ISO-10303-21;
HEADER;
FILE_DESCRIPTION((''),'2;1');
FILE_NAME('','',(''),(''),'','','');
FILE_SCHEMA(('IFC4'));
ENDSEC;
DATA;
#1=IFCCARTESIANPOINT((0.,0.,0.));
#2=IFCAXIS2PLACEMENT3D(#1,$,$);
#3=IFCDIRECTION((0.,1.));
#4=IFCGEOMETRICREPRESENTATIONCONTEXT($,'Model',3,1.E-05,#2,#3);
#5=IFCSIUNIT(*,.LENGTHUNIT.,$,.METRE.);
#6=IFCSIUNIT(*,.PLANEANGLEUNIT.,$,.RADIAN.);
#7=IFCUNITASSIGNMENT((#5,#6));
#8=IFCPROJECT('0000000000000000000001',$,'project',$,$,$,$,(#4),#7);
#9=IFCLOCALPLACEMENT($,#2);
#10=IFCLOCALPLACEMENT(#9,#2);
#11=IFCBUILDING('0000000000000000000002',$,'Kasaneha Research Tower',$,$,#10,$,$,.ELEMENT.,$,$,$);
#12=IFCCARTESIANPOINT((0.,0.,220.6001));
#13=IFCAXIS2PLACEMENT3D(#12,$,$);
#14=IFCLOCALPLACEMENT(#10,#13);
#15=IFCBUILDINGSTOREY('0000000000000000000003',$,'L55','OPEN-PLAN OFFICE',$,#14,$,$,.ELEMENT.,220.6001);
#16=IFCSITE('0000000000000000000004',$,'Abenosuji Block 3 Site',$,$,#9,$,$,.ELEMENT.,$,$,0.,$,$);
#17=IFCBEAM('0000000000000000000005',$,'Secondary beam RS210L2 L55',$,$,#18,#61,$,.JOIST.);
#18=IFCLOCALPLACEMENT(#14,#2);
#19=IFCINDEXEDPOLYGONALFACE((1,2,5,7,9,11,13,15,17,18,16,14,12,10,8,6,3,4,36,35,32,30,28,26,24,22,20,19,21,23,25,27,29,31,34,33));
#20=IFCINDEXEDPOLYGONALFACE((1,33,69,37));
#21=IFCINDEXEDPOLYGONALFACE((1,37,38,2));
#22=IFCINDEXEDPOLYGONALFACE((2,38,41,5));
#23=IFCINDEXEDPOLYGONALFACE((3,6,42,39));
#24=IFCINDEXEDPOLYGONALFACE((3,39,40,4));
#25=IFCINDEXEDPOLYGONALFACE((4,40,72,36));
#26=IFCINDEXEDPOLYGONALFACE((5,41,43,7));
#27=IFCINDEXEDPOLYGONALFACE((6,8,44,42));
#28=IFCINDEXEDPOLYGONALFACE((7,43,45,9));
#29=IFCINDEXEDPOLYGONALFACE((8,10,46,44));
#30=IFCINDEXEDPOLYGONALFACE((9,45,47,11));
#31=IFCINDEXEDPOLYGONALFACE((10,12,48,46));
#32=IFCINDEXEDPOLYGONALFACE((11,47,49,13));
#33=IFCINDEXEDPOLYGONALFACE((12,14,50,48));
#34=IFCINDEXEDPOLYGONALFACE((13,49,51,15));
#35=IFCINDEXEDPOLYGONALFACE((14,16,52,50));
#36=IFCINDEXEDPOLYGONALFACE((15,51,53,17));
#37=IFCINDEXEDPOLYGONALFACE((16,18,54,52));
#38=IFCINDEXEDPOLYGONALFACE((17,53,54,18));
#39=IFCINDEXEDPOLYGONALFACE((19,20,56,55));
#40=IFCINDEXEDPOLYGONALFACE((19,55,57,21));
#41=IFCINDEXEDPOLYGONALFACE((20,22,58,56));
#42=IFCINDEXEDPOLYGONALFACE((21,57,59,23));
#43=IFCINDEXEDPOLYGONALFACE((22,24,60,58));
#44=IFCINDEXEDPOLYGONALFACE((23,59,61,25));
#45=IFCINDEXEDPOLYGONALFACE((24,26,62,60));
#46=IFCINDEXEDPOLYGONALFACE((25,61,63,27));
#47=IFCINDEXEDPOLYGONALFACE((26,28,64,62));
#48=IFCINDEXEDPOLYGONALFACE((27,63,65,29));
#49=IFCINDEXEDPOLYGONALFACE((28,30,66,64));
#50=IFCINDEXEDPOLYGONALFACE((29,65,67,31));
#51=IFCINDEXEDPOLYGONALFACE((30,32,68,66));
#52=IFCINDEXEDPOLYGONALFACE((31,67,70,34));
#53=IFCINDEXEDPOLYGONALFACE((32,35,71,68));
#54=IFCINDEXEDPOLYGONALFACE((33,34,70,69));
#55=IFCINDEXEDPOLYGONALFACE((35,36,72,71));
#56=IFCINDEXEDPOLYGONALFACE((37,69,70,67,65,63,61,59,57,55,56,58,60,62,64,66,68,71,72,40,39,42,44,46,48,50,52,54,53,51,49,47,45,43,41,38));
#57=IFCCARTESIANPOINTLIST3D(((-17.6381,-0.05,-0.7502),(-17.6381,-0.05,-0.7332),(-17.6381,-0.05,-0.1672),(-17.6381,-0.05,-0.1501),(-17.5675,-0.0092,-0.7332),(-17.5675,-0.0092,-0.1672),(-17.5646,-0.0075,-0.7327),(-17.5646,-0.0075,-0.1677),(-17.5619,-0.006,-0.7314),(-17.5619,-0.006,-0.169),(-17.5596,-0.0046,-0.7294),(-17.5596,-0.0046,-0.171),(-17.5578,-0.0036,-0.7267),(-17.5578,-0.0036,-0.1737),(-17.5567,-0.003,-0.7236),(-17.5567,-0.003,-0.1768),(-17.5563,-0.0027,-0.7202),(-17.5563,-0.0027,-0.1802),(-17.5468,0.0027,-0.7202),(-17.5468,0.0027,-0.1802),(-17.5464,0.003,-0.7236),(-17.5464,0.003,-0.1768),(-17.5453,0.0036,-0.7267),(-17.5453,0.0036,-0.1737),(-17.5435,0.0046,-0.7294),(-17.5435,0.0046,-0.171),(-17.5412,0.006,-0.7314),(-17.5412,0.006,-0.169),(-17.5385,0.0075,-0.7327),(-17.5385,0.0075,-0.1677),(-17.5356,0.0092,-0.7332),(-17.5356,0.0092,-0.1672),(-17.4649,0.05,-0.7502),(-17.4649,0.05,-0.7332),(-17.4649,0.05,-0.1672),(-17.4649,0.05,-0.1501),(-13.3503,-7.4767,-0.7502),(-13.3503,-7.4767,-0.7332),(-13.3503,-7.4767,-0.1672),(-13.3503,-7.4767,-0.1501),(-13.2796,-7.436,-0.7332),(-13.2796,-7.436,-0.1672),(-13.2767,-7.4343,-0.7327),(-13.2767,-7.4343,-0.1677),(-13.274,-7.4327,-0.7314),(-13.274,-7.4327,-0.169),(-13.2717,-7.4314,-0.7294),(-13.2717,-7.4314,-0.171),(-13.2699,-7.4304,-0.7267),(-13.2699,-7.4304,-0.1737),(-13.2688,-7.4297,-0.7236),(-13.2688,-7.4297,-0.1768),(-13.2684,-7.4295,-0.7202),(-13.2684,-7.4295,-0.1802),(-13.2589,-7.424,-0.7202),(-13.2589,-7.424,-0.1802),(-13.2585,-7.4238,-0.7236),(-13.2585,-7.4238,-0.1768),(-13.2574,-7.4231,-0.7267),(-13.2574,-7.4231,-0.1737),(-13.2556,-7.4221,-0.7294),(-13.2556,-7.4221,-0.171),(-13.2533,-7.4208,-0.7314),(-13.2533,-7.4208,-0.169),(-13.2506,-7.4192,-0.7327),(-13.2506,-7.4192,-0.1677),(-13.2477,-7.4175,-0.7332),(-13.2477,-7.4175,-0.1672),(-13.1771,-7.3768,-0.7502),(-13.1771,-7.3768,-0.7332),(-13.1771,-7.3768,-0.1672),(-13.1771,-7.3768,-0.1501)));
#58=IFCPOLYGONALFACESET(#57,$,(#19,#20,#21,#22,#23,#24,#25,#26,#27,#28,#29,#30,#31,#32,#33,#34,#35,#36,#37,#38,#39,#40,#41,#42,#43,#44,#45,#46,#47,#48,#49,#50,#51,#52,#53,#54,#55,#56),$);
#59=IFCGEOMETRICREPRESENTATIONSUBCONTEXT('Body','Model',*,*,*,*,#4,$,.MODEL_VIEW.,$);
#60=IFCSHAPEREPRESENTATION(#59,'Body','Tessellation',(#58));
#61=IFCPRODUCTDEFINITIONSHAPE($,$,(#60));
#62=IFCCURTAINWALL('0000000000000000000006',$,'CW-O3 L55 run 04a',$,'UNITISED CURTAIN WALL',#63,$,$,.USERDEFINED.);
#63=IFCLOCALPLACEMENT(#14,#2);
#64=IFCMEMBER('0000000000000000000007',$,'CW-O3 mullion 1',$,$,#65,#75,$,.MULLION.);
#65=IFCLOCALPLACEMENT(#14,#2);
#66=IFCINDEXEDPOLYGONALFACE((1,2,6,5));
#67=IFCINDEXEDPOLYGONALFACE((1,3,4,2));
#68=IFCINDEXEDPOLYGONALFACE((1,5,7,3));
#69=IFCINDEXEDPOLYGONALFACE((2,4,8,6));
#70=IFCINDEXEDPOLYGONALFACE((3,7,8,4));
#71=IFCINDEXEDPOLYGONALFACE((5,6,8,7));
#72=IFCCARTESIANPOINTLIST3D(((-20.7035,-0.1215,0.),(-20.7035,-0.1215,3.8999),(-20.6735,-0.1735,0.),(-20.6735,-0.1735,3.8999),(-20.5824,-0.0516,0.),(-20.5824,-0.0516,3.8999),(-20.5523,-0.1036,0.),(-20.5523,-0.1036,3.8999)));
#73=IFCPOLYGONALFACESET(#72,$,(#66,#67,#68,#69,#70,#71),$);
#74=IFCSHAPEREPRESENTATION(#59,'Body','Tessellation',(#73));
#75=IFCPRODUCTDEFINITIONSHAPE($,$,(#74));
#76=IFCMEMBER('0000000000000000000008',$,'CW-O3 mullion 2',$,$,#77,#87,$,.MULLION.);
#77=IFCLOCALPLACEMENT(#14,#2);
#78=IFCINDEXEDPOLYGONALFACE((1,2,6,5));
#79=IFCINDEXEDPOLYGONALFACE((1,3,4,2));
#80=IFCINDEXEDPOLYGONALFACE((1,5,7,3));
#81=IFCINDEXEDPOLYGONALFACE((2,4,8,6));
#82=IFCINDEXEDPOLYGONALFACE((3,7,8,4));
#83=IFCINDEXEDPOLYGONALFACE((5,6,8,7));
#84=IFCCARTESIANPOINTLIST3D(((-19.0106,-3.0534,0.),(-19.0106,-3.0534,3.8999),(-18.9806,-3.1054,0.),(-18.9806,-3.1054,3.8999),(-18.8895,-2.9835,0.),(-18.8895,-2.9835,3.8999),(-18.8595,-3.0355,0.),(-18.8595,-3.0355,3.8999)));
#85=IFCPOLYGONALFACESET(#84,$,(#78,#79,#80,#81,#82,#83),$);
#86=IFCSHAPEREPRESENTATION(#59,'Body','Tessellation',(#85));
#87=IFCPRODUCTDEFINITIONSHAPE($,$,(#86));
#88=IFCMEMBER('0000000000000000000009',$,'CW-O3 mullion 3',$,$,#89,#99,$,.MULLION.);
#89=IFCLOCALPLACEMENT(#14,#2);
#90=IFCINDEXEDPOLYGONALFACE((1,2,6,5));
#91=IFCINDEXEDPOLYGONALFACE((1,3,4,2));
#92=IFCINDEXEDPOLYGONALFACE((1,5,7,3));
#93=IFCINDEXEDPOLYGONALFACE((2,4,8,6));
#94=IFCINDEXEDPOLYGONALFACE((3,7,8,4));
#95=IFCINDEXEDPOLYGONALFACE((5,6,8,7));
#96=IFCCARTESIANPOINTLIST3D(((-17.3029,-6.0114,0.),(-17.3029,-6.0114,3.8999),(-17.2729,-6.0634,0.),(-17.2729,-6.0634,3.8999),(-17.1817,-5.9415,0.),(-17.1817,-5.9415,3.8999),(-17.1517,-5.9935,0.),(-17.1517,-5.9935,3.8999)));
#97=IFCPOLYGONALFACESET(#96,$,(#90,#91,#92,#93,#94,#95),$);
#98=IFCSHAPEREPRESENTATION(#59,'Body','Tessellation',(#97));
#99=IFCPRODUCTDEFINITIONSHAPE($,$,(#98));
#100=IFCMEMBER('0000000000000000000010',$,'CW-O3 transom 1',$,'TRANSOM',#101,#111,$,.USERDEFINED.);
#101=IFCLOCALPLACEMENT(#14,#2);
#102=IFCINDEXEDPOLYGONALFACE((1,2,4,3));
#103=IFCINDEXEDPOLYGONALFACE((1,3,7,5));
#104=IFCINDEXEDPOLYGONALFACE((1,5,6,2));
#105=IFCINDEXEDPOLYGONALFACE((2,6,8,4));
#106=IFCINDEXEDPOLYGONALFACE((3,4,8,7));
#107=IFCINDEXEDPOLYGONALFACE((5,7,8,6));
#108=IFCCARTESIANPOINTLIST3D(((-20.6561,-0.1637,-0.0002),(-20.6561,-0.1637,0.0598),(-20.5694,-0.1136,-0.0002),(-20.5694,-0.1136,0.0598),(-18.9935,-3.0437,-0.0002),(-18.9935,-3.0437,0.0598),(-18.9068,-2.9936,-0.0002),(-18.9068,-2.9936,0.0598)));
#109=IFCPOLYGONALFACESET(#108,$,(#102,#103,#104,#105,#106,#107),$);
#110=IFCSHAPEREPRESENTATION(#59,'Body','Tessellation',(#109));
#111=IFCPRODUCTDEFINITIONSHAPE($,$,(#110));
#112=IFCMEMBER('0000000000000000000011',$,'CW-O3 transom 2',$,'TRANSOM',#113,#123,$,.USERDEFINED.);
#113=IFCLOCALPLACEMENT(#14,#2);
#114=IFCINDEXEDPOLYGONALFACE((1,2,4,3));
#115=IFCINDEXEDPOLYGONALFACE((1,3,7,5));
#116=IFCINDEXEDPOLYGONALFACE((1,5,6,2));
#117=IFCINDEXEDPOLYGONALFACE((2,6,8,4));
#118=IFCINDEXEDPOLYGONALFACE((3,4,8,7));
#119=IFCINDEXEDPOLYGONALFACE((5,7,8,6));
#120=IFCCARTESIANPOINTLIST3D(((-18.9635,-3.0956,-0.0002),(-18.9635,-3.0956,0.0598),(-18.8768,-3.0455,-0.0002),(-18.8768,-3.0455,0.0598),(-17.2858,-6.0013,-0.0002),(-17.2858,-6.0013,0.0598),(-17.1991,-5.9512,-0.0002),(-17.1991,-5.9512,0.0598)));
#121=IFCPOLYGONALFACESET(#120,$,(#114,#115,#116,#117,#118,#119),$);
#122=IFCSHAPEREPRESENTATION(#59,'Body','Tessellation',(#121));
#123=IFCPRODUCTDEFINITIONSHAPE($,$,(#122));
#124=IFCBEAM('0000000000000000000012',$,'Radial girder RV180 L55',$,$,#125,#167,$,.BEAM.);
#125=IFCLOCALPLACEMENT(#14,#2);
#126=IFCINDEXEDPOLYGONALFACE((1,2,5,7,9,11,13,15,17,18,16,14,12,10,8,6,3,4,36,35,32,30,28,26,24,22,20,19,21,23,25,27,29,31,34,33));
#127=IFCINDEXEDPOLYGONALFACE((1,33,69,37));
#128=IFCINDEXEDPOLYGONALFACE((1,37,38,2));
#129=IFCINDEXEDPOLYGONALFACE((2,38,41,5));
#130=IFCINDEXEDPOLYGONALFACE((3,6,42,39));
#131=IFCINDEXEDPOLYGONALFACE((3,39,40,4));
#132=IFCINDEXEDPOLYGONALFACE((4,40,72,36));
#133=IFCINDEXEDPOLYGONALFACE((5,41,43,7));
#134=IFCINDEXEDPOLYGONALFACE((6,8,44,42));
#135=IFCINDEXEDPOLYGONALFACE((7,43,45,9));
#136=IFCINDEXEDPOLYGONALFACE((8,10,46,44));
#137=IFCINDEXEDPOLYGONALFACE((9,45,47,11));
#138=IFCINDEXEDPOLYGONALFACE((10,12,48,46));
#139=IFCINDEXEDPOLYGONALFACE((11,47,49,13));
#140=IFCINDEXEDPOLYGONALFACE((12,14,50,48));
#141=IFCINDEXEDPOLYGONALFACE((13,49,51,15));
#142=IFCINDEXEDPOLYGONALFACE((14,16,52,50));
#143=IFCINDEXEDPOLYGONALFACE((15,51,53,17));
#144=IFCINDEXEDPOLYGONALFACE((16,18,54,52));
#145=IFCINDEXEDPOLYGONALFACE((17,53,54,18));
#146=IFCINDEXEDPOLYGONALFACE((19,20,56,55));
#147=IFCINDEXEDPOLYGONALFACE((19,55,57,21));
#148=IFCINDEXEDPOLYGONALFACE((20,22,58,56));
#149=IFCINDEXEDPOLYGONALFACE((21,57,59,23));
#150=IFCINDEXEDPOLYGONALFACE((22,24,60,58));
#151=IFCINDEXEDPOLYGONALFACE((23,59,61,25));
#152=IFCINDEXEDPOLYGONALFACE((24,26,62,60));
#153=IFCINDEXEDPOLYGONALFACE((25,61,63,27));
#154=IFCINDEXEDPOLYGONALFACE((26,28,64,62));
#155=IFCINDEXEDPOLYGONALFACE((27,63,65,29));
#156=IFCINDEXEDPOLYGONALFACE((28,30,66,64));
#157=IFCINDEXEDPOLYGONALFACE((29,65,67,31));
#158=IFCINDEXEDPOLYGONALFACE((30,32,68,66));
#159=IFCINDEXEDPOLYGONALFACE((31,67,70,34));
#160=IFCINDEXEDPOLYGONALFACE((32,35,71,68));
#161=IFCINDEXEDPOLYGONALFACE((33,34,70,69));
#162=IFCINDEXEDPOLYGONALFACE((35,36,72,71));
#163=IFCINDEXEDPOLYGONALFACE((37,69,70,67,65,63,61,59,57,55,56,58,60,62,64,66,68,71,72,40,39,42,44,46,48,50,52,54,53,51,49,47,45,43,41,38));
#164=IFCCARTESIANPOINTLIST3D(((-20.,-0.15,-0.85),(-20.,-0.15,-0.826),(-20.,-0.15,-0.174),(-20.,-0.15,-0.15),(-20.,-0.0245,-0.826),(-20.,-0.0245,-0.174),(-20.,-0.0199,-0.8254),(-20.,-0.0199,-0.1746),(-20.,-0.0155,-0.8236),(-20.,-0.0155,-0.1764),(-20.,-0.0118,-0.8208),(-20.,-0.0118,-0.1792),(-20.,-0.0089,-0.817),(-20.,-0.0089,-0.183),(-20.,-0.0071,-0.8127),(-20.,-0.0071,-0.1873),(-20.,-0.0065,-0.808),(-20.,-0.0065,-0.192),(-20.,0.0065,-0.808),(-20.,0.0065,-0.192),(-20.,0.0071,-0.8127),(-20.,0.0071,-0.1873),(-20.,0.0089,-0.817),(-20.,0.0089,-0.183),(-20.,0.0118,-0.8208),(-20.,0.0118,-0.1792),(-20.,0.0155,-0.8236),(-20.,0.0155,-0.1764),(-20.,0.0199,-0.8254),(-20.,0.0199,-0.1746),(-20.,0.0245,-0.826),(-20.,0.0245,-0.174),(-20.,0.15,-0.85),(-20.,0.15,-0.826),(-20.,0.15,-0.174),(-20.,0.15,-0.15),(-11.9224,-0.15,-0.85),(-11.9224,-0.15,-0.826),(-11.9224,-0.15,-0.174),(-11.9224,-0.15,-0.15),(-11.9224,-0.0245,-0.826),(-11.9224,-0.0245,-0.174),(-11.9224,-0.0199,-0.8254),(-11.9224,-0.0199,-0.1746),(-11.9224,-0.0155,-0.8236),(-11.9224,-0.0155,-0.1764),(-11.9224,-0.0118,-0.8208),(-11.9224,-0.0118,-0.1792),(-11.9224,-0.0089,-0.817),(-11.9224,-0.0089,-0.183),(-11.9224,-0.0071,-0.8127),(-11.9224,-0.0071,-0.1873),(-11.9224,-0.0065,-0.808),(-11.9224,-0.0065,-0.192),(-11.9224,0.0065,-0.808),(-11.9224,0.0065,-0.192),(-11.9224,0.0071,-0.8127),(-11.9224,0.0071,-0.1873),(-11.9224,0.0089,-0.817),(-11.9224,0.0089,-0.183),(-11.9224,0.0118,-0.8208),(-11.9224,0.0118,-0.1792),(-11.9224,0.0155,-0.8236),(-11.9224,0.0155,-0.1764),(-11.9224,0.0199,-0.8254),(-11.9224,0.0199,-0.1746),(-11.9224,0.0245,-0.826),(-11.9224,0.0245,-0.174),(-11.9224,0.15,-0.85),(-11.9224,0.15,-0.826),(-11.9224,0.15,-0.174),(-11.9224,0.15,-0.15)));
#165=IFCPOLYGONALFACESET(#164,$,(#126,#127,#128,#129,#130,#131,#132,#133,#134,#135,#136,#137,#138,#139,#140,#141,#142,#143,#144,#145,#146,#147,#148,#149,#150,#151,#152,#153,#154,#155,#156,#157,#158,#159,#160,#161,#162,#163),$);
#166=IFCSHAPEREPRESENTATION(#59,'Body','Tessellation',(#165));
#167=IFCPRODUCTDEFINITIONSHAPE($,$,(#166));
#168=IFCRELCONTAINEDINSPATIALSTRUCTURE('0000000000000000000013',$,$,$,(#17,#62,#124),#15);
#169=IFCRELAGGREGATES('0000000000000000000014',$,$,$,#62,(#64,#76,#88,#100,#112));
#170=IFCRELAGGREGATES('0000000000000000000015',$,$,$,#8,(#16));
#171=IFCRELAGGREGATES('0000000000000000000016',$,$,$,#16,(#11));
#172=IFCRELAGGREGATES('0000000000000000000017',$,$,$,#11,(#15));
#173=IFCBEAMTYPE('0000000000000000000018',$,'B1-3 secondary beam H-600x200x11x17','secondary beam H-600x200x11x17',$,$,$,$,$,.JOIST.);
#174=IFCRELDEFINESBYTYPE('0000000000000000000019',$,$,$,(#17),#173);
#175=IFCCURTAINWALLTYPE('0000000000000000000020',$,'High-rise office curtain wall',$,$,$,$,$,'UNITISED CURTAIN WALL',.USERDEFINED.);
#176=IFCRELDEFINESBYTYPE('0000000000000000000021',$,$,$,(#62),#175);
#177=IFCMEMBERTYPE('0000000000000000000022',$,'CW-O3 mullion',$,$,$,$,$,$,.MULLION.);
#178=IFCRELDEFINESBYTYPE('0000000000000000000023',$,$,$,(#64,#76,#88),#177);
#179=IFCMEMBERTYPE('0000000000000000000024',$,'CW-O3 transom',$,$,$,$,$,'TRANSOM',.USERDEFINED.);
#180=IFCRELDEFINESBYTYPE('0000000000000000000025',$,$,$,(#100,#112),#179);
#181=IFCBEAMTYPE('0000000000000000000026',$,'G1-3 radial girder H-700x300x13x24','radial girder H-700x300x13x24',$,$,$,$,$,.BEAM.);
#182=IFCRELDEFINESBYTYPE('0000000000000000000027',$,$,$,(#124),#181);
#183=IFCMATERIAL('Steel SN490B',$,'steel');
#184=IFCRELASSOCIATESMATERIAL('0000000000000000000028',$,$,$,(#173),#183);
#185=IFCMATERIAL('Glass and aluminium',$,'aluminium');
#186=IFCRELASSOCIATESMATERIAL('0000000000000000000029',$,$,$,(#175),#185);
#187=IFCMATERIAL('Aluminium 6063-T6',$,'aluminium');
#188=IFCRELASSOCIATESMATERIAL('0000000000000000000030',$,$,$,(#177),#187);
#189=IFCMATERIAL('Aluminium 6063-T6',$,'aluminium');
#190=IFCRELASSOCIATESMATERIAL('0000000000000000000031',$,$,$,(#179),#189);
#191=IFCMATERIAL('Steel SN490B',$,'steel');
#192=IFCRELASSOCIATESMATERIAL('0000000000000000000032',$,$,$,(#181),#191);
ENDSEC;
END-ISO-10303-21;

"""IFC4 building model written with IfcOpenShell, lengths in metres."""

from ifc_helpers import new_model, si_unit, direction, frame, origin, origin_2d, place, context, subcontext, project, spatial, rectangle, i_section, extrude, material, material_profile, profile_set, type_object, element, aggregate, save


model = new_model("IFC4")

# Units and contexts
model_context = context("Model", 3, precision=1e-05, world=origin(), true_north=direction((0.0, 1.0)))
body_context = subcontext(model_context, "Body", "Model", "MODEL_VIEW")
ifc_project = project(units=[si_unit("LENGTHUNIT", "METRE"), si_unit("PLANEANGLEUNIT", "RADIAN")], contexts=[model_context])

# Site, building, storey
site_placement = place(None, origin())
site = spatial("IfcSite", under=ifc_project, at=site_placement, Name="Abenosuji Block 3 Site", CompositionType="ELEMENT", RefElevation=0.0)
building_placement = place(site_placement, origin())
building = spatial("IfcBuilding", under=site, at=building_placement, Name="Kasaneha Research Tower", CompositionType="ELEMENT")
storey_placement = place(building_placement, frame((0.0, 0.0, 220.6001)))
storey = spatial("IfcBuildingStorey", under=building, at=storey_placement, Name="L55", Description="OPEN-PLAN OFFICE", CompositionType="ELEMENT", Elevation=220.6001)

# Beam
ifc_material_1 = material(Name="Steel SN490B", Category="steel")
ifc_material_profile_1 = material_profile(ifc_material_1, i_section(OverallWidth=0.2, OverallDepth=0.6001, WebThickness=0.011, FlangeThickness=0.0171, FilletRadius=0.0129, at=origin_2d()), Name="H-600x200x11x17")
ifc_profile_set_1 = profile_set([ifc_material_profile_1], Name="Steel SN490B")
beam_type_1 = type_object("IfcBeamType", Name="B1-3 secondary beam H-600x200x11x17", Description="secondary beam H-600x200x11x17", PredefinedType="JOIST", material=ifc_profile_set_1)
beam_1_placement = place(storey_placement, frame((-17.5515, 0.0, -0.4502), z_axis=(0.5, -0.866025, 0.0), x_axis=(0.866025, 0.5, 0.0)))
element("IfcBeam", 1, at=beam_1_placement, inside=storey, type_object=beam_type_1, Name="Secondary beam RS210L2 L55", PredefinedType="JOIST", context=body_context, shape_type="SweptSolid", body=[
    extrude(i_section(OverallWidth=0.2, OverallDepth=0.6001, WebThickness=0.011, FlangeThickness=0.0171, FilletRadius=0.0129, at=origin_2d()), origin(), (0.0, 0.0, 1.0), 8.5757),
])

# Curtain wall, members
ifc_material_2 = material(Name="Glass and aluminium", Category="aluminium")
curtain_wall_type = type_object("IfcCurtainWallType", Name="High-rise office curtain wall", ElementType="UNITISED CURTAIN WALL", PredefinedType="USERDEFINED", material=ifc_material_2)
curtain_wall_placement = place(storey_placement, origin())
curtain_wall = element("IfcCurtainWall", 2, at=curtain_wall_placement, inside=storey, type_object=curtain_wall_type, Name="CW-O3 L55 run 04a", ObjectType="UNITISED CURTAIN WALL", PredefinedType="USERDEFINED")
ifc_material_3 = material(Name="Aluminium 6063-T6", Category="aluminium")
ifc_material_profile_2 = material_profile(ifc_material_3, rectangle(XDim=0.0601, YDim=0.1399, at=origin_2d()), Name="CW-O3 mullion 60x140")
ifc_profile_set_2 = profile_set([ifc_material_profile_2], Name="Aluminium 6063-T6")
member_type_1 = type_object("IfcMemberType", Name="CW-O3 mullion", PredefinedType="MULLION", material=ifc_profile_set_2)
member_1_placement = place(storey_placement, frame((-20.6279, -0.1125, 0.0), z_axis=(0.0, 0.0, 1.0), x_axis=(0.5, -0.866025, 0.0)))
member_1 = element("IfcMember", 3, at=member_1_placement, type_object=member_type_1, Name="CW-O3 mullion 1", PredefinedType="MULLION", context=body_context, shape_type="SweptSolid", body=[
    extrude(rectangle(XDim=0.0601, YDim=0.1399, at=origin_2d()), origin(), (0.0, 0.0, 1.0), 3.8999),
])
member_2_placement = place(storey_placement, frame((-18.9351, -3.0444, 0.0), z_axis=(0.0, 0.0, 1.0), x_axis=(0.5, -0.866025, 0.0)))
member_2 = element("IfcMember", 4, at=member_2_placement, type_object=member_type_1, Name="CW-O3 mullion 2", PredefinedType="MULLION", context=body_context, shape_type="SweptSolid", body=[
    extrude(rectangle(XDim=0.0601, YDim=0.1399, at=origin_2d()), origin(), (0.0, 0.0, 1.0), 3.8999),
])
member_3_placement = place(storey_placement, frame((-17.2273, -6.0024, 0.0), z_axis=(0.0, 0.0, 1.0), x_axis=(0.5, -0.866025, 0.0)))
member_3 = element("IfcMember", 5, at=member_3_placement, type_object=member_type_1, Name="CW-O3 mullion 3", PredefinedType="MULLION", context=body_context, shape_type="SweptSolid", body=[
    extrude(rectangle(XDim=0.0601, YDim=0.1399, at=origin_2d()), origin(), (0.0, 0.0, 1.0), 3.8999),
])
ifc_material_4 = material(Name="Aluminium 6063-T6", Category="aluminium")
ifc_material_profile_3 = material_profile(ifc_material_4, rectangle(XDim=0.1001, YDim=0.0601, at=origin_2d()), Name="CW-O3 transom 100x60")
ifc_profile_set_3 = profile_set([ifc_material_profile_3], Name="Aluminium 6063-T6")
member_type_2 = type_object("IfcMemberType", Name="CW-O3 transom", ElementType="TRANSOM", PredefinedType="USERDEFINED", material=ifc_profile_set_3)
member_4_placement = place(storey_placement, frame((-20.6128, -0.1387, 0.0298), z_axis=(0.499977, -0.866039, 0.0), x_axis=(0.866039, 0.499977, 0.0)))
member_4 = element("IfcMember", 6, at=member_4_placement, type_object=member_type_2, Name="CW-O3 transom 1", ObjectType="TRANSOM", PredefinedType="USERDEFINED", context=body_context, shape_type="SweptSolid", body=[
    extrude(rectangle(XDim=0.1001, YDim=0.0601, at=origin_2d()), origin(), (0.0, 0.0, 1.0), 3.3254),
])
member_5_placement = place(storey_placement, frame((-18.9202, -3.0706, 0.0298), z_axis=(0.500021, -0.866014, 0.0), x_axis=(0.866014, 0.500021, 0.0)))
member_5 = element("IfcMember", 7, at=member_5_placement, type_object=member_type_2, Name="CW-O3 transom 2", ObjectType="TRANSOM", PredefinedType="USERDEFINED", context=body_context, shape_type="SweptSolid", body=[
    extrude(rectangle(XDim=0.1001, YDim=0.0601, at=origin_2d()), origin(), (0.0, 0.0, 1.0), 3.3552),
])

# Beam
ifc_material_5 = material(Name="Steel SN490B", Category="steel")
ifc_material_profile_4 = material_profile(ifc_material_5, i_section(OverallWidth=0.3, OverallDepth=0.7, WebThickness=0.0129, FlangeThickness=0.0239, FilletRadius=0.0181, at=origin_2d()), Name="H-700x300x13x24")
ifc_profile_set_4 = profile_set([ifc_material_profile_4], Name="Steel SN490B")
beam_type_2 = type_object("IfcBeamType", Name="G1-3 radial girder H-700x300x13x24", Description="radial girder H-700x300x13x24", PredefinedType="BEAM", material=ifc_profile_set_4)
beam_2_placement = place(storey_placement, frame((-11.9224, 0.0, -0.5), z_axis=(-1.0, 0.0, 0.0), x_axis=(0.0, -1.0, 0.0)))
element("IfcBeam", 8, at=beam_2_placement, inside=storey, type_object=beam_type_2, Name="Radial girder RV180 L55", PredefinedType="BEAM", context=body_context, shape_type="SweptSolid", body=[
    extrude(i_section(OverallWidth=0.3, OverallDepth=0.7, WebThickness=0.0129, FlangeThickness=0.0239, FilletRadius=0.0181, at=origin_2d()), origin(), (0.0, 0.0, 1.0), 8.0776),
])

aggregate(curtain_wall, [member_1, member_2, member_3, member_4, member_5])

save(model, "model.ifc")
